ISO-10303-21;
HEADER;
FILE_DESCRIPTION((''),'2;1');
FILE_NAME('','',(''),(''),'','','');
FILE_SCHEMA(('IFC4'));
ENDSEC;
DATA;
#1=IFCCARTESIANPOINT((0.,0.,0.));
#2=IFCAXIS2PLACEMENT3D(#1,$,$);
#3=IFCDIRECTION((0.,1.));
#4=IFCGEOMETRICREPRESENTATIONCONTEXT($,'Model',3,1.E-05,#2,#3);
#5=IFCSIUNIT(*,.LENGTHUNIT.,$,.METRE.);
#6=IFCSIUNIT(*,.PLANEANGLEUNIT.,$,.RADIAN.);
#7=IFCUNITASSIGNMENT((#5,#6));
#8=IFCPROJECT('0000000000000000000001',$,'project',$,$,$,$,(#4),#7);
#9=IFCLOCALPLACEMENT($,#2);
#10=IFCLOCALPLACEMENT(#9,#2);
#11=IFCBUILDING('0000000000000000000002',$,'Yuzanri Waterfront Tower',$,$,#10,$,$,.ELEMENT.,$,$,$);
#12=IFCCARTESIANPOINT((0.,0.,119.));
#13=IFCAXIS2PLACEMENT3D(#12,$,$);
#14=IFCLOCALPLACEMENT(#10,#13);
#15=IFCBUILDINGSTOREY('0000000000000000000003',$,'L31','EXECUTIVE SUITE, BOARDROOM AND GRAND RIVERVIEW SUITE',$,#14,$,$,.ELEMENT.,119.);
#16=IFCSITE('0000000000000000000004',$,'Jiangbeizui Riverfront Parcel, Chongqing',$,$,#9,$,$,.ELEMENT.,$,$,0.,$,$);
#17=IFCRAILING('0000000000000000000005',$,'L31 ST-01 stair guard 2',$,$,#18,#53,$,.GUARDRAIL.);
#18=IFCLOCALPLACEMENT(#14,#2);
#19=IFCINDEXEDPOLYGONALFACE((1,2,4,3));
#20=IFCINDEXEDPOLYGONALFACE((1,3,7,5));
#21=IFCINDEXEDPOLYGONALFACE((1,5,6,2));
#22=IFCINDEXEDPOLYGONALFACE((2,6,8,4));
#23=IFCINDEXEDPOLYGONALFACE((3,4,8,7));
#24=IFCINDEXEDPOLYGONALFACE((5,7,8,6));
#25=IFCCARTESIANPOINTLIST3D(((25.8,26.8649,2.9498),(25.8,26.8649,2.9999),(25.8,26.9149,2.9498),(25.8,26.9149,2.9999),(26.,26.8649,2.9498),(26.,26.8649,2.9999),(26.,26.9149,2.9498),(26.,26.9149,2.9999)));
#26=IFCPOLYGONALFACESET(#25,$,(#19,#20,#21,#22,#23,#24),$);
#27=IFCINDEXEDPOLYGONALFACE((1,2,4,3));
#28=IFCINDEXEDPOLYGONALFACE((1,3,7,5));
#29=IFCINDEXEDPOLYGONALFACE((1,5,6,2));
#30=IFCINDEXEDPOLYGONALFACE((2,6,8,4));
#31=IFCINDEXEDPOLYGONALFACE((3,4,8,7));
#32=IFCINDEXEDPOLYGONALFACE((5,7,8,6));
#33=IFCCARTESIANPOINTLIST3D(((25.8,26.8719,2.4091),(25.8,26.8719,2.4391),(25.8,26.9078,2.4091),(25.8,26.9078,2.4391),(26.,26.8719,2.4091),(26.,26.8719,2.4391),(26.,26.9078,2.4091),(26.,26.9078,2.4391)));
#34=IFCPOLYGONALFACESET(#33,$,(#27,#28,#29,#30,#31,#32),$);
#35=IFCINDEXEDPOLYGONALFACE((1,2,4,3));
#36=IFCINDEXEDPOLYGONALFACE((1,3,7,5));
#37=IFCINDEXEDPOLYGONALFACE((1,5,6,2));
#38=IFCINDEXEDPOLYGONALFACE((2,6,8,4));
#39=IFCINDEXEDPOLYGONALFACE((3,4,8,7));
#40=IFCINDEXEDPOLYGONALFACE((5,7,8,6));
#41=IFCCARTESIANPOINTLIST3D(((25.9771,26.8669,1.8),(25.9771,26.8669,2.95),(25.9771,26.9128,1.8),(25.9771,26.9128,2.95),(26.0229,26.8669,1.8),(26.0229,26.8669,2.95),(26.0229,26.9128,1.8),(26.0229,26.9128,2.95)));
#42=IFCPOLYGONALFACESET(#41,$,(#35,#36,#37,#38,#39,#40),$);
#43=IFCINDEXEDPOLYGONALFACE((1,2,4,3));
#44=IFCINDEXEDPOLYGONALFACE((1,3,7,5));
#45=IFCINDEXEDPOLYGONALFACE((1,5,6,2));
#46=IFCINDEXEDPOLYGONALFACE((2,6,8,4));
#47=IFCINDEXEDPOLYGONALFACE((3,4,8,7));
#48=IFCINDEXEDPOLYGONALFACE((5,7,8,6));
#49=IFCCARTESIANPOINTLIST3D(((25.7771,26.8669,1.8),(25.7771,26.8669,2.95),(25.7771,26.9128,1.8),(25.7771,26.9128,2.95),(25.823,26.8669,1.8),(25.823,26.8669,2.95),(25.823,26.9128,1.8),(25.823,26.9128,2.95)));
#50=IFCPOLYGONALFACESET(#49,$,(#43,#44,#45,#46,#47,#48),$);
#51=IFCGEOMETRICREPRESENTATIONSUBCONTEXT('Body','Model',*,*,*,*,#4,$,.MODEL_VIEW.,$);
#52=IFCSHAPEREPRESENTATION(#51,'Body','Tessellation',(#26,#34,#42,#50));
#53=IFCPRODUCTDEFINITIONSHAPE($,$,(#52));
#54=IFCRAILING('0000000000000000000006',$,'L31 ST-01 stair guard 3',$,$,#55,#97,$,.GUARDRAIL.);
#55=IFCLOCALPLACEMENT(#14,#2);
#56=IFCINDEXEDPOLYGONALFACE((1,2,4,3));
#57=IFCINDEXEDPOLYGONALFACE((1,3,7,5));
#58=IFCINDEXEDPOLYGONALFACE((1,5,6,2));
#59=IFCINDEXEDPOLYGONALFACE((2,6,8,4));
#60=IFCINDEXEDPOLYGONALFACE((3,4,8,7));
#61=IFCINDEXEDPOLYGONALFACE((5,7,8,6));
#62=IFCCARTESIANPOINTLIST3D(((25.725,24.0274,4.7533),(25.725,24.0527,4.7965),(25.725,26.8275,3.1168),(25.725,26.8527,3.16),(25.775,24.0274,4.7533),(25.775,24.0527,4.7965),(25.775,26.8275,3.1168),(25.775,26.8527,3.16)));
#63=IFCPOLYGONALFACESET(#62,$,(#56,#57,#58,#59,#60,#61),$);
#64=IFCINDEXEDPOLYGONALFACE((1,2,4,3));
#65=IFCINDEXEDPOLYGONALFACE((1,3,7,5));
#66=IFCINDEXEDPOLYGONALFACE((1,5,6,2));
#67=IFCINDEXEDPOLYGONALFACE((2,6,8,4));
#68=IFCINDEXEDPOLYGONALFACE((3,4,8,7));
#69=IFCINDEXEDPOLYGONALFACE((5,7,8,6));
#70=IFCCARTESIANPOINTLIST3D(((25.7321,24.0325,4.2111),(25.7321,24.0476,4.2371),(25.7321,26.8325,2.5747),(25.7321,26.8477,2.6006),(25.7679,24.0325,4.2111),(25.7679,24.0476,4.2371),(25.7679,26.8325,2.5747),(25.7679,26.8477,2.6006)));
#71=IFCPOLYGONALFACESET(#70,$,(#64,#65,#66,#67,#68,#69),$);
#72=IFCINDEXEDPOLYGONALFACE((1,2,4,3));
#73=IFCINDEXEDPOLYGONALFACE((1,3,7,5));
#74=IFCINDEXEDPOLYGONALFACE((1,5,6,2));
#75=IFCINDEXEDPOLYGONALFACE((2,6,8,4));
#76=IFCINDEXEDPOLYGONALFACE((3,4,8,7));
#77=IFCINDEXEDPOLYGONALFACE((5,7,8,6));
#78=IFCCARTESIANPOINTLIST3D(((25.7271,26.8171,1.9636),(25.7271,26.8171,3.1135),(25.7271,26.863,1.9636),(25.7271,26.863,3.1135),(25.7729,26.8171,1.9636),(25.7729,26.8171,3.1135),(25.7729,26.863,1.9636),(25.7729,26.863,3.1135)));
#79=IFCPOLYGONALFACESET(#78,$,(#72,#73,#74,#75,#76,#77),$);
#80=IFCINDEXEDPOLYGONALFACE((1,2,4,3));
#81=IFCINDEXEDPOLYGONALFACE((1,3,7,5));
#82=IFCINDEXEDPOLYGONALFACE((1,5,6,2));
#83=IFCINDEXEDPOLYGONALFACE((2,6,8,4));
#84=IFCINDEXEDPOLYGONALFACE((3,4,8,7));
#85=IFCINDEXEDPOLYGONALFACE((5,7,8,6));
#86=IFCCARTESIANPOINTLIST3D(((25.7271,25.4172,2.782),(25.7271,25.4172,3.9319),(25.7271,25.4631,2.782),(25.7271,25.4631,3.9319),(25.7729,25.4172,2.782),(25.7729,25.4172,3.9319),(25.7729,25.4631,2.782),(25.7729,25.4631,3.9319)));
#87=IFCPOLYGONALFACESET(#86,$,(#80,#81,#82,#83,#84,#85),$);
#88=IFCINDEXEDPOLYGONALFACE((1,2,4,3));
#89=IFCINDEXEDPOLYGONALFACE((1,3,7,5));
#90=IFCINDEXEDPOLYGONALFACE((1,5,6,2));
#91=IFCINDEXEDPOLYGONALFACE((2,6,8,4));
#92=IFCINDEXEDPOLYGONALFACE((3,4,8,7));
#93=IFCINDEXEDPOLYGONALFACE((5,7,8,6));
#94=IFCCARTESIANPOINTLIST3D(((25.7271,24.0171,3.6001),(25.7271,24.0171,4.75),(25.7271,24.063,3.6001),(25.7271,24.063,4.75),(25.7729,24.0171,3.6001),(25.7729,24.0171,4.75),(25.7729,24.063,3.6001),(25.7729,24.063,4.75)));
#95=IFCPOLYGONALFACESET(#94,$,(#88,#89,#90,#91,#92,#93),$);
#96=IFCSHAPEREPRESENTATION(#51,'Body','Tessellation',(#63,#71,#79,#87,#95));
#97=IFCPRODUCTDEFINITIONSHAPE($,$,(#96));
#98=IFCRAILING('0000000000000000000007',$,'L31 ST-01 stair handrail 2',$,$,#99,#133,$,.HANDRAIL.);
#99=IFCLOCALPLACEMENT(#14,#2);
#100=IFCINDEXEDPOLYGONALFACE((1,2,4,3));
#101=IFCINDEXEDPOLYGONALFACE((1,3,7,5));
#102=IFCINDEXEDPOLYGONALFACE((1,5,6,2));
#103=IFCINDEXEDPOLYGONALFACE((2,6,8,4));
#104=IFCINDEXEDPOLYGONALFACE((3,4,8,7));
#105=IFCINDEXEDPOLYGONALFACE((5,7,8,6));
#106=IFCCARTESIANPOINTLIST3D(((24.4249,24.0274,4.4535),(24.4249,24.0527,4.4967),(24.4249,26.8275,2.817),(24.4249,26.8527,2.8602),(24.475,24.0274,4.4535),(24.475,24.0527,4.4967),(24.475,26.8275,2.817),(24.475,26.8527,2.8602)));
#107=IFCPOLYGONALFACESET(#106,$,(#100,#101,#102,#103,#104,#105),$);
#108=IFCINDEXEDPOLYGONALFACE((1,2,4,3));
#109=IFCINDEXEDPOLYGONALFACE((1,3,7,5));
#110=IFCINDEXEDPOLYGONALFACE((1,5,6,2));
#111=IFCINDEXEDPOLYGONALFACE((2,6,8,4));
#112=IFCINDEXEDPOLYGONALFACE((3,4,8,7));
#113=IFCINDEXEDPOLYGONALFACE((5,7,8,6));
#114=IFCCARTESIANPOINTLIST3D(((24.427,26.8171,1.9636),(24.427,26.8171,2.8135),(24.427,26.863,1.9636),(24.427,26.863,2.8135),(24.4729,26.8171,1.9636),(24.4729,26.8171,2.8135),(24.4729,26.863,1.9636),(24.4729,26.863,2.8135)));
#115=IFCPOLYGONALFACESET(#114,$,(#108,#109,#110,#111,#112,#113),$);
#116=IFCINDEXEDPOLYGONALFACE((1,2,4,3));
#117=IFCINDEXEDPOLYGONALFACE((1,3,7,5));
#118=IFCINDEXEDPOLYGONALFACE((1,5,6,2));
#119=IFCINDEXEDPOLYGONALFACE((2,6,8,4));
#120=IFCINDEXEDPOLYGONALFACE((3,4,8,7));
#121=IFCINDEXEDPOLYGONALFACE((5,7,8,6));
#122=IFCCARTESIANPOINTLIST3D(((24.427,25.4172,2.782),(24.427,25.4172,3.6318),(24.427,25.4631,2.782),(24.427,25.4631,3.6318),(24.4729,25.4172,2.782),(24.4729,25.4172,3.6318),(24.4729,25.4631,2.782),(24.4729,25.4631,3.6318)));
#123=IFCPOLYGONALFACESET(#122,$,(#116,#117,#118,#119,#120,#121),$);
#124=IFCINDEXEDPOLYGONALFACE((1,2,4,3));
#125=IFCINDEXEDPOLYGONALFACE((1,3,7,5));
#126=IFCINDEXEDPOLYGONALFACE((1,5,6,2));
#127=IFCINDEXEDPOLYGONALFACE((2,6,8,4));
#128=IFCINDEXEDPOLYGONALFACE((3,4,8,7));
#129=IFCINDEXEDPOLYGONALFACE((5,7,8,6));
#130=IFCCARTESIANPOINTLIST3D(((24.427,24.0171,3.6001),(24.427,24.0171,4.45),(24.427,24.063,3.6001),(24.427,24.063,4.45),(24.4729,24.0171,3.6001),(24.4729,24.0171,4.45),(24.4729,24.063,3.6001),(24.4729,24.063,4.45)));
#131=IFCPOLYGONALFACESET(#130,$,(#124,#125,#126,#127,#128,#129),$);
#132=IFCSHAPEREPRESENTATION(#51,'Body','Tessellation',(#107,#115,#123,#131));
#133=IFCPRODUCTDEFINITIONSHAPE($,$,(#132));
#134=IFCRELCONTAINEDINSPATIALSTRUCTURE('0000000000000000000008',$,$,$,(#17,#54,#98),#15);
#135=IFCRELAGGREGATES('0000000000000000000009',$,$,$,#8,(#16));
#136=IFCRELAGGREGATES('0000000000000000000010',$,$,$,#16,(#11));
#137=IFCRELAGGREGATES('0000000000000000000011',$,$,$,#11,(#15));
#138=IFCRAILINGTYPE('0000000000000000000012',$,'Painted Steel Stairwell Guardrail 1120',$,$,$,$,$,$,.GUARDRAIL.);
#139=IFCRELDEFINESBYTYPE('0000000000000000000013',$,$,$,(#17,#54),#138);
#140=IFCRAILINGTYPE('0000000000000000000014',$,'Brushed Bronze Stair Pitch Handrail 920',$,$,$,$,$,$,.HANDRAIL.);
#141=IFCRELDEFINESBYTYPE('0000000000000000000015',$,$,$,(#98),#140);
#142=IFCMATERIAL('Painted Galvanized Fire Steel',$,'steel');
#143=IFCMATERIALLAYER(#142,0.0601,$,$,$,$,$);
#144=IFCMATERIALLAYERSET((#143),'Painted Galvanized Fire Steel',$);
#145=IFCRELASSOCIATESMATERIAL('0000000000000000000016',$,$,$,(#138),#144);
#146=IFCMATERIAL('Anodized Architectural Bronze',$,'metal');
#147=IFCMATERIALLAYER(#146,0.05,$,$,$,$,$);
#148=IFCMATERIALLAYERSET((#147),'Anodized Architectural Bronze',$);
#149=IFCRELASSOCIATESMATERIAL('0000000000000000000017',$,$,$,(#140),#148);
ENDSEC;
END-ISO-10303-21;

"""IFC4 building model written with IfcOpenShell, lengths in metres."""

from ifc_helpers import new_model, si_unit, direction, frame, origin, origin_2d, place, context, subcontext, project, spatial, rectangle, extrude, source, transform, mapped, material, layer, layer_set, type_object, element, save


model = new_model("IFC4")

# Units and contexts
model_context = context("Model", 3, precision=1e-05, world=origin(), true_north=direction((0.0, 1.0)))
body_context = subcontext(model_context, "Body", "Model", "MODEL_VIEW")
ifc_project = project(units=[si_unit("LENGTHUNIT", "METRE"), si_unit("PLANEANGLEUNIT", "RADIAN")], contexts=[model_context])

# Site, building, storey
site_placement = place(None, origin())
site = spatial("IfcSite", under=ifc_project, at=site_placement, Name="Jiangbeizui Riverfront Parcel, Chongqing", CompositionType="ELEMENT", RefElevation=0.0)
building_placement = place(site_placement, origin())
building = spatial("IfcBuilding", under=site, at=building_placement, Name="Yuzanri Waterfront Tower", CompositionType="ELEMENT")
storey_placement = place(building_placement, frame((0.0, 0.0, 119.0)))
storey = spatial("IfcBuildingStorey", under=building, at=storey_placement, Name="L31", Description="EXECUTIVE SUITE, BOARDROOM AND GRAND RIVERVIEW SUITE", CompositionType="ELEMENT", Elevation=119.0)

# Railings
ifc_material_1 = material(Name="Painted Galvanized Fire Steel", Category="steel")
ifc_layer_1 = layer(ifc_material_1, 0.0601)
ifc_layer_set_1 = layer_set([ifc_layer_1], Name="Painted Galvanized Fire Steel")
railing_type_1 = type_object("IfcRailingType", Name="Painted Steel Stairwell Guardrail 1120", PredefinedType="GUARDRAIL", material=ifc_layer_set_1)
shared_shape_1 = source(origin(), body_context, "Body", "SweptSolid", [
    extrude(rectangle(XDim=0.05, YDim=0.05, at=origin_2d()), frame((0.0, 0.0, 1.1748), z_axis=(-1.0, 0.0, 0.0), x_axis=(0.0, -1.0, 0.0)), (0.0, 0.0, 1.0), 0.2),
    extrude(rectangle(XDim=0.0359, YDim=0.03, at=origin_2d()), frame((0.0, 0.0, 0.624), z_axis=(-1.0, 0.0, 0.0), x_axis=(0.0, -1.0, 0.0)), (0.0, 0.0, 1.0), 0.2),
    extrude(rectangle(XDim=0.0459, YDim=0.0459, at=origin_2d()), origin(), (0.0, 0.0, 1.0), 1.1499),
    extrude(rectangle(XDim=0.0459, YDim=0.0459, at=origin_2d()), frame((-0.2, 0.0, 0.0)), (0.0, 0.0, 1.0), 1.1499),
])
railing_1_placement = place(storey_placement, frame((26.0, 26.8899, 1.8)))
element("IfcRailing", 1, at=railing_1_placement, inside=storey, type_object=railing_type_1, Name="L31 ST-01 stair guard 2", PredefinedType="GUARDRAIL", context=body_context, shape_type="MappedRepresentation", body=[
    mapped(shared_shape_1, transform((0.0, 0.0, 0.0), scale=1.0)),
])
shared_shape_2 = source(origin(), body_context, "Body", "SweptSolid", [
    extrude(rectangle(XDim=0.05, YDim=0.05, at=origin_2d()), frame((0.0, 0.0, 1.1748), z_axis=(0.0, -0.863361, 0.504587), x_axis=(1.0, 0.0, 0.0)), (0.0, 0.0, 1.0), 3.2432),
    extrude(rectangle(XDim=0.0359, YDim=0.03, at=origin_2d()), frame((0.0, 0.0, 0.624), z_axis=(0.0, -0.863361, 0.504587), x_axis=(1.0, 0.0, 0.0)), (0.0, 0.0, 1.0), 3.2432),
    extrude(rectangle(XDim=0.0459, YDim=0.0459, at=origin_2d()), origin(), (0.0, 0.0, 1.0), 1.1499),
    extrude(rectangle(XDim=0.0459, YDim=0.0459, at=origin_2d()), frame((0.0, -1.3999, 0.8184)), (0.0, 0.0, 1.0), 1.1499),
    extrude(rectangle(XDim=0.0459, YDim=0.0459, at=origin_2d()), frame((0.0, -2.8, 1.6365)), (0.0, 0.0, 1.0), 1.1499),
])
railing_2_placement = place(storey_placement, frame((25.75, 26.8401, 1.9636)))
element("IfcRailing", 2, at=railing_2_placement, inside=storey, type_object=railing_type_1, Name="L31 ST-01 stair guard 3", PredefinedType="GUARDRAIL", context=body_context, shape_type="MappedRepresentation", body=[
    mapped(shared_shape_2, transform((0.0, 0.0, 0.0), scale=1.0)),
])
ifc_material_2 = material(Name="Anodized Architectural Bronze", Category="metal")
ifc_layer_2 = layer(ifc_material_2, 0.05)
ifc_layer_set_2 = layer_set([ifc_layer_2], Name="Anodized Architectural Bronze")
railing_type_2 = type_object("IfcRailingType", Name="Brushed Bronze Stair Pitch Handrail 920", PredefinedType="HANDRAIL", material=ifc_layer_set_2)
shared_shape_3 = source(origin(), body_context, "Body", "SweptSolid", [
    extrude(rectangle(XDim=0.05, YDim=0.05, at=origin_2d()), frame((0.0, 0.0, 0.875), z_axis=(0.0, -0.863361, 0.504587), x_axis=(1.0, 0.0, 0.0)), (0.0, 0.0, 1.0), 3.2432),
    extrude(rectangle(XDim=0.0459, YDim=0.0459, at=origin_2d()), origin(), (0.0, 0.0, 1.0), 0.8499),
    extrude(rectangle(XDim=0.0459, YDim=0.0459, at=origin_2d()), frame((0.0, -1.3999, 0.8184)), (0.0, 0.0, 1.0), 0.8499),
    extrude(rectangle(XDim=0.0459, YDim=0.0459, at=origin_2d()), frame((0.0, -2.8, 1.6365)), (0.0, 0.0, 1.0), 0.8499),
])
railing_3_placement = place(storey_placement, frame((24.45, 26.8401, 1.9636)))
element("IfcRailing", 3, at=railing_3_placement, inside=storey, type_object=railing_type_2, Name="L31 ST-01 stair handrail 2", PredefinedType="HANDRAIL", context=body_context, shape_type="MappedRepresentation", body=[
    mapped(shared_shape_3, transform((0.0, 0.0, 0.0), scale=1.0)),
])

save(model, "model.ifc")
